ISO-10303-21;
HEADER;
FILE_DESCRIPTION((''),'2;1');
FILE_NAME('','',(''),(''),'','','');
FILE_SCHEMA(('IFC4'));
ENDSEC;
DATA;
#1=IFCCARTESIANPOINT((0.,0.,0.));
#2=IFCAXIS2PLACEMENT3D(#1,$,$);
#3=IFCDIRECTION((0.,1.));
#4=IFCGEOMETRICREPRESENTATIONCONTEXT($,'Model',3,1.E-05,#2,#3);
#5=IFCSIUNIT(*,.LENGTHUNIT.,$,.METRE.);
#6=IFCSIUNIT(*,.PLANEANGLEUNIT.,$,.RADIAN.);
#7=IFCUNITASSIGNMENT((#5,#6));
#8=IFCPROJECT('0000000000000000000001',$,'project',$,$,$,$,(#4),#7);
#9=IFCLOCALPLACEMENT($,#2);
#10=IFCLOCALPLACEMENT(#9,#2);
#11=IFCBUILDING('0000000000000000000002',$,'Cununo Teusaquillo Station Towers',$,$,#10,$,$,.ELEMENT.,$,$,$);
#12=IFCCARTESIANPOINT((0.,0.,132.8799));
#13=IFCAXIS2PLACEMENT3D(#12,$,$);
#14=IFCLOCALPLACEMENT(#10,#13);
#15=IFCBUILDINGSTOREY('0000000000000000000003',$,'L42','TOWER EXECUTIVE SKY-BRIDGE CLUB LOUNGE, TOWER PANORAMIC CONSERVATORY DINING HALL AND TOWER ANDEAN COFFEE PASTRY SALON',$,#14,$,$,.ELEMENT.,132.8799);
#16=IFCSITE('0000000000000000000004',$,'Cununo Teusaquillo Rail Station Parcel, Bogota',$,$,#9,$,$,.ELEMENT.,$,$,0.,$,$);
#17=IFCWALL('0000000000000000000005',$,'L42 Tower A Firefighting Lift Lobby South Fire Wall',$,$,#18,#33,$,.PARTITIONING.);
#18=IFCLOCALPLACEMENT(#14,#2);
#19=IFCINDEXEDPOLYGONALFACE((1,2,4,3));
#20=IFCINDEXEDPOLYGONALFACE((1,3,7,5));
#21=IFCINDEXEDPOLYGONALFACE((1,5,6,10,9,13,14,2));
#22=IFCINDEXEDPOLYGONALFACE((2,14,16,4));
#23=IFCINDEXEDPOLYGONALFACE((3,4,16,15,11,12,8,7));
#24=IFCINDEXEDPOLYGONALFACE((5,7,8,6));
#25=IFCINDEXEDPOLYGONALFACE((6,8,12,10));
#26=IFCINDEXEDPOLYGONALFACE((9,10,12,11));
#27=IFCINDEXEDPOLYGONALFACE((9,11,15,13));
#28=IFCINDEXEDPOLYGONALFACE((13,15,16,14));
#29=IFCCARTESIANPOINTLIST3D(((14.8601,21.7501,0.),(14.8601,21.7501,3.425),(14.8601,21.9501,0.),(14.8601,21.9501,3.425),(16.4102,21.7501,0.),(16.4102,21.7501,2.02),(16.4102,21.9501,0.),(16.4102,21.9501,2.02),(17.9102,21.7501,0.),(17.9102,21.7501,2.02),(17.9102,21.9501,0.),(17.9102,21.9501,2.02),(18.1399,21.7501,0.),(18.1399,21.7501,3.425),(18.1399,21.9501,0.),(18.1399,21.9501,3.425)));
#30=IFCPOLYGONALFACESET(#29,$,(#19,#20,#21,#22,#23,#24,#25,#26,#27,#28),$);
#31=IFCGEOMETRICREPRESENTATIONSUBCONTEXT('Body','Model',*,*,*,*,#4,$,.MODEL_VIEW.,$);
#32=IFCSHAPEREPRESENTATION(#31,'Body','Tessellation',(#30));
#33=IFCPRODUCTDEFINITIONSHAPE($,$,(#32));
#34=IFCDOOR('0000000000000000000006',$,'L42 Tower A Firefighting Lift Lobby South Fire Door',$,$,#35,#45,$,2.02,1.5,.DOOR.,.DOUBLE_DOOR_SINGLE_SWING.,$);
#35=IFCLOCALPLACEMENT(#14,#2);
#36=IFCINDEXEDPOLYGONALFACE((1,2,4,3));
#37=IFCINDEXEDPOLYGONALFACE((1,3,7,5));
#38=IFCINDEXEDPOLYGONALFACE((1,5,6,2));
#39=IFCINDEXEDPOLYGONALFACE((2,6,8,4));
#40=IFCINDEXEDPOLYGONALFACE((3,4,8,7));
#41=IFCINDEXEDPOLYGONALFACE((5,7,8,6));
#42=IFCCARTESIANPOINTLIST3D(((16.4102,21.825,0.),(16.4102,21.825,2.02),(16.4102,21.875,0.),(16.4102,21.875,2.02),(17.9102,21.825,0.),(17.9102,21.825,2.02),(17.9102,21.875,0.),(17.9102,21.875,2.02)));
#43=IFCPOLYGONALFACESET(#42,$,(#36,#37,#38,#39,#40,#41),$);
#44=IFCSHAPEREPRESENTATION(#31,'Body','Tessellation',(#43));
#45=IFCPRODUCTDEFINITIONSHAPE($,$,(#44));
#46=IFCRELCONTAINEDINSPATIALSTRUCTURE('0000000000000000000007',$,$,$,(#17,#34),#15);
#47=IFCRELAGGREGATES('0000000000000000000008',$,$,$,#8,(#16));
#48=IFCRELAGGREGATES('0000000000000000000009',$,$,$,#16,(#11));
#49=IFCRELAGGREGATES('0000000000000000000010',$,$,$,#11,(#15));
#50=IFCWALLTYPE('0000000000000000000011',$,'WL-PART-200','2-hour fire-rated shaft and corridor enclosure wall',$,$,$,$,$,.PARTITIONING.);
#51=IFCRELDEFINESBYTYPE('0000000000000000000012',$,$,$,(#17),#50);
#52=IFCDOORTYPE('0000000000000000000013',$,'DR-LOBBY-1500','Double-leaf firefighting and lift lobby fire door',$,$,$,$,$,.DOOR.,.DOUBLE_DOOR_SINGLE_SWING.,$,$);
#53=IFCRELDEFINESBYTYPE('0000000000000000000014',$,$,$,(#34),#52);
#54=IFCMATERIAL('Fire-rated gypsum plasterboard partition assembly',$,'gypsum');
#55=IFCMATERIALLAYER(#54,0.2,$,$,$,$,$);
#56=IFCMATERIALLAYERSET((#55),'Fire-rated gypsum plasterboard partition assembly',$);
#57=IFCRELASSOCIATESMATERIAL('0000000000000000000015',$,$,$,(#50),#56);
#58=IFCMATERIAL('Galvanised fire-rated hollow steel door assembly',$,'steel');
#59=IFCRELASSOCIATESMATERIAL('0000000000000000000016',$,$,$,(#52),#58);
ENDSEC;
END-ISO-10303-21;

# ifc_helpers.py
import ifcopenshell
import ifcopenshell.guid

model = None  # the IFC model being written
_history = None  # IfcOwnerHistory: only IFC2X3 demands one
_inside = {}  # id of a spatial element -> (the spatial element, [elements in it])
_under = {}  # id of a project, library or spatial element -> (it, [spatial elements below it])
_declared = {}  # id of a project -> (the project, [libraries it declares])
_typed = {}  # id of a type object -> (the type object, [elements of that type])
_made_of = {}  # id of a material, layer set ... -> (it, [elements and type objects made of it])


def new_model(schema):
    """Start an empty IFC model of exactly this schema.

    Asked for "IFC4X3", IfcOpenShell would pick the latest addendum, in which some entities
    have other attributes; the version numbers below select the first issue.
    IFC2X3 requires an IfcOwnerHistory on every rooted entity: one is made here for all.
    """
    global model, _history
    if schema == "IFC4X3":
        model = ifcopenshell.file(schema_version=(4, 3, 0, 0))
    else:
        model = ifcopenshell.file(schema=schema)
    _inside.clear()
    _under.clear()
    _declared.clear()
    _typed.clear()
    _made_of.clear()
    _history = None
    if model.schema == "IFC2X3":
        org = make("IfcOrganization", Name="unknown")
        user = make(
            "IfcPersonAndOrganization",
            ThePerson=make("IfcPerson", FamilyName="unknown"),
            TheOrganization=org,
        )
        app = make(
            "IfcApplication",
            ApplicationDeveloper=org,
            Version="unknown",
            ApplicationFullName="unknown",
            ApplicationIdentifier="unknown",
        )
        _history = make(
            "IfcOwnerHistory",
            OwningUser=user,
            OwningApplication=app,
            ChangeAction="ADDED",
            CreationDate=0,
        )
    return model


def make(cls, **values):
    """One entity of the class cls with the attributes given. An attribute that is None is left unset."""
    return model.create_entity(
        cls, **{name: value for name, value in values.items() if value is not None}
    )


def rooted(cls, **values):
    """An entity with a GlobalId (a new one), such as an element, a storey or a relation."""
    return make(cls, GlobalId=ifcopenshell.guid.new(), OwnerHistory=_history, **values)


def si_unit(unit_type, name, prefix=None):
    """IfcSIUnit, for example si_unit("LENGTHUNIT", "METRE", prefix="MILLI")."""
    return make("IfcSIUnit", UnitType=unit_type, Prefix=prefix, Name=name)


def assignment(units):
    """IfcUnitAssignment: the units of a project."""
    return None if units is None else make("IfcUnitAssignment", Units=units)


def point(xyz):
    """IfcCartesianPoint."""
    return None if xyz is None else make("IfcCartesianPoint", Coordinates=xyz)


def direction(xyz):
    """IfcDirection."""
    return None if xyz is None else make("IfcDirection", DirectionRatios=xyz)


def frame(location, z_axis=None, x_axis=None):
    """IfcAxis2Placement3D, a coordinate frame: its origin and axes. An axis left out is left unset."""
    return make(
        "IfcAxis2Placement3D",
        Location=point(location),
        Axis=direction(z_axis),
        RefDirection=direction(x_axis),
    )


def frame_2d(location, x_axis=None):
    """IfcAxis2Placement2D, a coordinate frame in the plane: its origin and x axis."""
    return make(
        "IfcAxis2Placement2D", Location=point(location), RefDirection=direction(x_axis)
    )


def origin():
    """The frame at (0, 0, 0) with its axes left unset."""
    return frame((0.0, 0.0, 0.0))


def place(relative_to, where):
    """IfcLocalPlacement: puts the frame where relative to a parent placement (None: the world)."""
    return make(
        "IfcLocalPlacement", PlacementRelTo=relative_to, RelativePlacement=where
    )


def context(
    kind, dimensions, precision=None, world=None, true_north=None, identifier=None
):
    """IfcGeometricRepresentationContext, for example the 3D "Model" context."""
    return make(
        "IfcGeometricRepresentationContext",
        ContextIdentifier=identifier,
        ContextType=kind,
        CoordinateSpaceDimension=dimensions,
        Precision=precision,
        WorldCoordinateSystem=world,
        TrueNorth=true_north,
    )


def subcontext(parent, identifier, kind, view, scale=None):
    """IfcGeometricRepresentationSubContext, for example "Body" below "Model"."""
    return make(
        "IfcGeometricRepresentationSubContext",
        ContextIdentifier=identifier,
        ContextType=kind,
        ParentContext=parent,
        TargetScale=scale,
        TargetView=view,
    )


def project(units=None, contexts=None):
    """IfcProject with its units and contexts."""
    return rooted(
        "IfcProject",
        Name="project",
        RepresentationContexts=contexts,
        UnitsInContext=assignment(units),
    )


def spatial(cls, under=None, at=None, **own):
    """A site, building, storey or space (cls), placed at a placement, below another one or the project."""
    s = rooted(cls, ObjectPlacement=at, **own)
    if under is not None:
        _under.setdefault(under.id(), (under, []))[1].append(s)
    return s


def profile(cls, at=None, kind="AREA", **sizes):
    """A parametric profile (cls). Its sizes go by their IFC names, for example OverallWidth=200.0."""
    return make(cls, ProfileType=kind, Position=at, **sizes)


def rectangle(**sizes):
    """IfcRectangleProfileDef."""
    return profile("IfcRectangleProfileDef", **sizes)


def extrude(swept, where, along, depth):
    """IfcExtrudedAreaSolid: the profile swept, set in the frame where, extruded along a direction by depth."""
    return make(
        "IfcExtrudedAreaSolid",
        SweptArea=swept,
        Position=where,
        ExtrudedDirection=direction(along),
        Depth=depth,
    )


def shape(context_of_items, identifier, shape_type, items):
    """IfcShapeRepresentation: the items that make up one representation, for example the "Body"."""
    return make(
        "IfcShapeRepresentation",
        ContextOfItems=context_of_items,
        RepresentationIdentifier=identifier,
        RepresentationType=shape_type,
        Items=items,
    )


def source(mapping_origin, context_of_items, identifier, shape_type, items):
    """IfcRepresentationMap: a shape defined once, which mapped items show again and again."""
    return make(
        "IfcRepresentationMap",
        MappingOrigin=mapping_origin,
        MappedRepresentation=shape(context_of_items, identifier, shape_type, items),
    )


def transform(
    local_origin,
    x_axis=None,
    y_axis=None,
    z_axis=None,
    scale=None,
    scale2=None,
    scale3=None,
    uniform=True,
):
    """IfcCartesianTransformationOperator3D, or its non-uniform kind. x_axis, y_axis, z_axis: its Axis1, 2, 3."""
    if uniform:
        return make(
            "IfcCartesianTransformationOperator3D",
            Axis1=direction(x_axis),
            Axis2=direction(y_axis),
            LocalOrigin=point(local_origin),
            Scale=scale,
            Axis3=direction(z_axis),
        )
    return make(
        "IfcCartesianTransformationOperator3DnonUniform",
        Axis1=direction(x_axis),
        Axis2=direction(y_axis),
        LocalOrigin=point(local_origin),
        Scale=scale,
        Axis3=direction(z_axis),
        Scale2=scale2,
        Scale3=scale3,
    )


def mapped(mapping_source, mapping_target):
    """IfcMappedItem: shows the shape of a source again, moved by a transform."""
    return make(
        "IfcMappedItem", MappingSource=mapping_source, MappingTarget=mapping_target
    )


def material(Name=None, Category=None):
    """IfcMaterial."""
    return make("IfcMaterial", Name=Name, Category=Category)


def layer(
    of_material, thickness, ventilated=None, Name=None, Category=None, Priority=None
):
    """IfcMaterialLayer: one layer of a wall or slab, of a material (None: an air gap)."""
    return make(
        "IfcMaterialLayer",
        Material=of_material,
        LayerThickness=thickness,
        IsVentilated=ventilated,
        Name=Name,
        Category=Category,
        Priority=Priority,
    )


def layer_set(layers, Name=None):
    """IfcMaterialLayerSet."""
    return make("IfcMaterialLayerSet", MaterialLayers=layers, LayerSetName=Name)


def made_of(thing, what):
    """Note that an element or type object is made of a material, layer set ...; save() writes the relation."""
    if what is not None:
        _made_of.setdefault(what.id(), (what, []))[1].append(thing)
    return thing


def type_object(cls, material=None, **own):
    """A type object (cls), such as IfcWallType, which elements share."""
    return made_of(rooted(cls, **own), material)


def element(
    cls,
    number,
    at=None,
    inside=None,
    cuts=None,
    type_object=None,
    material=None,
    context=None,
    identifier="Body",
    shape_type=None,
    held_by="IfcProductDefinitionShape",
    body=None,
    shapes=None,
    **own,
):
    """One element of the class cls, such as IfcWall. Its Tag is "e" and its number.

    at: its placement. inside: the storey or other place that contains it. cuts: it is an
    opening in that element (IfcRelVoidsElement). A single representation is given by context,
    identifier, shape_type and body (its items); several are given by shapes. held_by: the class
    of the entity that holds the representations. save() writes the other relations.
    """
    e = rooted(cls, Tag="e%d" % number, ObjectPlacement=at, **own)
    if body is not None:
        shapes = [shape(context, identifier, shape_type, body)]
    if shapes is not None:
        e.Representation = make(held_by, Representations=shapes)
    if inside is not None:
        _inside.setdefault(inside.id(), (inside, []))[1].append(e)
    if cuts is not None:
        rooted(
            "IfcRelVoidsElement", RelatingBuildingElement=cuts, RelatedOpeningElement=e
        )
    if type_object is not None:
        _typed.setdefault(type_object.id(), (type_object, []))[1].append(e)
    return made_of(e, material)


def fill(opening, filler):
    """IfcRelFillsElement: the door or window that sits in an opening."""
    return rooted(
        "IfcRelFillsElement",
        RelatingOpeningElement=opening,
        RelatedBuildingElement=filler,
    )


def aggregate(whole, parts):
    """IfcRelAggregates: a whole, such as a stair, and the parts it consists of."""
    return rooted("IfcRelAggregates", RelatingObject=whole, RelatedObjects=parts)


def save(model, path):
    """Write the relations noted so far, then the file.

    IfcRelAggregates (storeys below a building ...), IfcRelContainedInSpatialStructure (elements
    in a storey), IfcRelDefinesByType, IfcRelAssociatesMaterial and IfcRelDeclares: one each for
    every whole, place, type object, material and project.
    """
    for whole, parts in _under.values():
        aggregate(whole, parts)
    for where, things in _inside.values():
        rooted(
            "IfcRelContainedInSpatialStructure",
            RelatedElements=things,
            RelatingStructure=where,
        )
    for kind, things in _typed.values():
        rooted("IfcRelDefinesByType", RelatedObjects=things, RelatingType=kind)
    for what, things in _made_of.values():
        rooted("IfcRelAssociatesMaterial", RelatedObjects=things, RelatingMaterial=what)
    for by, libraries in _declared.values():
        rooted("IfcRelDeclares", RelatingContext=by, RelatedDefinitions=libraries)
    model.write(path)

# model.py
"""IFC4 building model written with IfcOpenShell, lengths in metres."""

from ifc_helpers import new_model, si_unit, direction, frame, frame_2d, origin, place, context, subcontext, project, spatial, rectangle, extrude, source, transform, mapped, material, layer, layer_set, type_object, element, fill, save


model = new_model("IFC4")

# Units and contexts
model_context = context("Model", 3, precision=1e-05, world=origin(), true_north=direction((0.0, 1.0)))
body_context = subcontext(model_context, "Body", "Model", "MODEL_VIEW")
ifc_project = project(units=[si_unit("LENGTHUNIT", "METRE"), si_unit("PLANEANGLEUNIT", "RADIAN")], contexts=[model_context])

# Site, building, storey
site_placement = place(None, origin())
site = spatial("IfcSite", under=ifc_project, at=site_placement, Name="Cununo Teusaquillo Rail Station Parcel, Bogota", CompositionType="ELEMENT", RefElevation=0.0)
building_placement = place(site_placement, origin())
building = spatial("IfcBuilding", under=site, at=building_placement, Name="Cununo Teusaquillo Station Towers", CompositionType="ELEMENT")
storey_placement = place(building_placement, frame((0.0, 0.0, 132.8799)))
storey = spatial("IfcBuildingStorey", under=building, at=storey_placement, Name="L42", Description="TOWER EXECUTIVE SKY-BRIDGE CLUB LOUNGE, TOWER PANORAMIC CONSERVATORY DINING HALL AND TOWER ANDEAN COFFEE PASTRY SALON", CompositionType="ELEMENT", Elevation=132.8799)

# Wall, opening, door
ifc_material_1 = material(Name="Fire-rated gypsum plasterboard partition assembly", Category="gypsum")
ifc_layer_1 = layer(ifc_material_1, 0.2)
ifc_layer_set_1 = layer_set([ifc_layer_1], Name="Fire-rated gypsum plasterboard partition assembly")
wall_type_1 = type_object("IfcWallType", Name="WL-PART-200", Description="2-hour fire-rated shaft and corridor enclosure wall", PredefinedType="PARTITIONING", material=ifc_layer_set_1)
wall_1_placement = place(storey_placement, frame((14.8601, 21.8501, 0.0), z_axis=(0.0, 0.0, 1.0), x_axis=(1.0, 0.0, 0.0)))
wall_1 = element("IfcWall", 1, at=wall_1_placement, inside=storey, type_object=wall_type_1, Name="L42 Tower A Firefighting Lift Lobby South Fire Wall", PredefinedType="PARTITIONING", context=body_context, shape_type="SweptSolid", body=[
    extrude(rectangle(XDim=3.2798, YDim=0.2, at=frame_2d((1.6399, 0.0))), origin(), (0.0, 0.0, 1.0), 3.425),
])
shared_shape_1 = source(origin(), body_context, "Body", "SweptSolid", [
    extrude(rectangle(XDim=1.5, YDim=2.02, at=frame_2d((0.75, 1.01))), frame((0.0, 0.1099, 0.0), z_axis=(0.0, -1.0, 0.0), x_axis=(1.0, 0.0, 0.0)), (0.0, 0.0, 1.0), 0.22),
])
opening_1_placement = place(wall_1_placement, frame((1.55, 0.0, 0.0)))
opening_1 = element("IfcOpeningElement", 2, at=opening_1_placement, cuts=wall_1, PredefinedType="OPENING", context=body_context, shape_type="MappedRepresentation", body=[
    mapped(shared_shape_1, transform((0.0, 0.0, 0.0), x_axis=(1.0, 0.0, 0.0), y_axis=(0.0, 1.0, 0.0), z_axis=(0.0, 0.0, 1.0), scale=1.0)),
])
ifc_material_2 = material(Name="Galvanised fire-rated hollow steel door assembly", Category="steel")
door_type_1 = type_object("IfcDoorType", Name="DR-LOBBY-1500", Description="Double-leaf firefighting and lift lobby fire door", OperationType="DOUBLE_DOOR_SINGLE_SWING", PredefinedType="DOOR", material=ifc_material_2)
shared_shape_2 = source(origin(), body_context, "Body", "SweptSolid", [
    extrude(rectangle(XDim=1.5, YDim=2.02, at=frame_2d((0.75, 1.01))), frame((0.0, 0.0249, 0.0), z_axis=(0.0, -1.0, 0.0), x_axis=(1.0, 0.0, 0.0)), (0.0, 0.0, 1.0), 0.05),
])
door_1_placement = place(opening_1_placement, origin())
door_1 = element("IfcDoor", 3, at=door_1_placement, inside=storey, type_object=door_type_1, Name="L42 Tower A Firefighting Lift Lobby South Fire Door", OperationType="DOUBLE_DOOR_SINGLE_SWING", OverallHeight=2.02, OverallWidth=1.5, PredefinedType="DOOR", context=body_context, shape_type="MappedRepresentation", body=[
    mapped(shared_shape_2, transform((0.0, 0.0, 0.0), x_axis=(1.0, 0.0, 0.0), y_axis=(0.0, 1.0, 0.0), z_axis=(0.0, 0.0, 1.0), scale=1.0)),
])
fill(opening_1, door_1)

save(model, "model.ifc")
